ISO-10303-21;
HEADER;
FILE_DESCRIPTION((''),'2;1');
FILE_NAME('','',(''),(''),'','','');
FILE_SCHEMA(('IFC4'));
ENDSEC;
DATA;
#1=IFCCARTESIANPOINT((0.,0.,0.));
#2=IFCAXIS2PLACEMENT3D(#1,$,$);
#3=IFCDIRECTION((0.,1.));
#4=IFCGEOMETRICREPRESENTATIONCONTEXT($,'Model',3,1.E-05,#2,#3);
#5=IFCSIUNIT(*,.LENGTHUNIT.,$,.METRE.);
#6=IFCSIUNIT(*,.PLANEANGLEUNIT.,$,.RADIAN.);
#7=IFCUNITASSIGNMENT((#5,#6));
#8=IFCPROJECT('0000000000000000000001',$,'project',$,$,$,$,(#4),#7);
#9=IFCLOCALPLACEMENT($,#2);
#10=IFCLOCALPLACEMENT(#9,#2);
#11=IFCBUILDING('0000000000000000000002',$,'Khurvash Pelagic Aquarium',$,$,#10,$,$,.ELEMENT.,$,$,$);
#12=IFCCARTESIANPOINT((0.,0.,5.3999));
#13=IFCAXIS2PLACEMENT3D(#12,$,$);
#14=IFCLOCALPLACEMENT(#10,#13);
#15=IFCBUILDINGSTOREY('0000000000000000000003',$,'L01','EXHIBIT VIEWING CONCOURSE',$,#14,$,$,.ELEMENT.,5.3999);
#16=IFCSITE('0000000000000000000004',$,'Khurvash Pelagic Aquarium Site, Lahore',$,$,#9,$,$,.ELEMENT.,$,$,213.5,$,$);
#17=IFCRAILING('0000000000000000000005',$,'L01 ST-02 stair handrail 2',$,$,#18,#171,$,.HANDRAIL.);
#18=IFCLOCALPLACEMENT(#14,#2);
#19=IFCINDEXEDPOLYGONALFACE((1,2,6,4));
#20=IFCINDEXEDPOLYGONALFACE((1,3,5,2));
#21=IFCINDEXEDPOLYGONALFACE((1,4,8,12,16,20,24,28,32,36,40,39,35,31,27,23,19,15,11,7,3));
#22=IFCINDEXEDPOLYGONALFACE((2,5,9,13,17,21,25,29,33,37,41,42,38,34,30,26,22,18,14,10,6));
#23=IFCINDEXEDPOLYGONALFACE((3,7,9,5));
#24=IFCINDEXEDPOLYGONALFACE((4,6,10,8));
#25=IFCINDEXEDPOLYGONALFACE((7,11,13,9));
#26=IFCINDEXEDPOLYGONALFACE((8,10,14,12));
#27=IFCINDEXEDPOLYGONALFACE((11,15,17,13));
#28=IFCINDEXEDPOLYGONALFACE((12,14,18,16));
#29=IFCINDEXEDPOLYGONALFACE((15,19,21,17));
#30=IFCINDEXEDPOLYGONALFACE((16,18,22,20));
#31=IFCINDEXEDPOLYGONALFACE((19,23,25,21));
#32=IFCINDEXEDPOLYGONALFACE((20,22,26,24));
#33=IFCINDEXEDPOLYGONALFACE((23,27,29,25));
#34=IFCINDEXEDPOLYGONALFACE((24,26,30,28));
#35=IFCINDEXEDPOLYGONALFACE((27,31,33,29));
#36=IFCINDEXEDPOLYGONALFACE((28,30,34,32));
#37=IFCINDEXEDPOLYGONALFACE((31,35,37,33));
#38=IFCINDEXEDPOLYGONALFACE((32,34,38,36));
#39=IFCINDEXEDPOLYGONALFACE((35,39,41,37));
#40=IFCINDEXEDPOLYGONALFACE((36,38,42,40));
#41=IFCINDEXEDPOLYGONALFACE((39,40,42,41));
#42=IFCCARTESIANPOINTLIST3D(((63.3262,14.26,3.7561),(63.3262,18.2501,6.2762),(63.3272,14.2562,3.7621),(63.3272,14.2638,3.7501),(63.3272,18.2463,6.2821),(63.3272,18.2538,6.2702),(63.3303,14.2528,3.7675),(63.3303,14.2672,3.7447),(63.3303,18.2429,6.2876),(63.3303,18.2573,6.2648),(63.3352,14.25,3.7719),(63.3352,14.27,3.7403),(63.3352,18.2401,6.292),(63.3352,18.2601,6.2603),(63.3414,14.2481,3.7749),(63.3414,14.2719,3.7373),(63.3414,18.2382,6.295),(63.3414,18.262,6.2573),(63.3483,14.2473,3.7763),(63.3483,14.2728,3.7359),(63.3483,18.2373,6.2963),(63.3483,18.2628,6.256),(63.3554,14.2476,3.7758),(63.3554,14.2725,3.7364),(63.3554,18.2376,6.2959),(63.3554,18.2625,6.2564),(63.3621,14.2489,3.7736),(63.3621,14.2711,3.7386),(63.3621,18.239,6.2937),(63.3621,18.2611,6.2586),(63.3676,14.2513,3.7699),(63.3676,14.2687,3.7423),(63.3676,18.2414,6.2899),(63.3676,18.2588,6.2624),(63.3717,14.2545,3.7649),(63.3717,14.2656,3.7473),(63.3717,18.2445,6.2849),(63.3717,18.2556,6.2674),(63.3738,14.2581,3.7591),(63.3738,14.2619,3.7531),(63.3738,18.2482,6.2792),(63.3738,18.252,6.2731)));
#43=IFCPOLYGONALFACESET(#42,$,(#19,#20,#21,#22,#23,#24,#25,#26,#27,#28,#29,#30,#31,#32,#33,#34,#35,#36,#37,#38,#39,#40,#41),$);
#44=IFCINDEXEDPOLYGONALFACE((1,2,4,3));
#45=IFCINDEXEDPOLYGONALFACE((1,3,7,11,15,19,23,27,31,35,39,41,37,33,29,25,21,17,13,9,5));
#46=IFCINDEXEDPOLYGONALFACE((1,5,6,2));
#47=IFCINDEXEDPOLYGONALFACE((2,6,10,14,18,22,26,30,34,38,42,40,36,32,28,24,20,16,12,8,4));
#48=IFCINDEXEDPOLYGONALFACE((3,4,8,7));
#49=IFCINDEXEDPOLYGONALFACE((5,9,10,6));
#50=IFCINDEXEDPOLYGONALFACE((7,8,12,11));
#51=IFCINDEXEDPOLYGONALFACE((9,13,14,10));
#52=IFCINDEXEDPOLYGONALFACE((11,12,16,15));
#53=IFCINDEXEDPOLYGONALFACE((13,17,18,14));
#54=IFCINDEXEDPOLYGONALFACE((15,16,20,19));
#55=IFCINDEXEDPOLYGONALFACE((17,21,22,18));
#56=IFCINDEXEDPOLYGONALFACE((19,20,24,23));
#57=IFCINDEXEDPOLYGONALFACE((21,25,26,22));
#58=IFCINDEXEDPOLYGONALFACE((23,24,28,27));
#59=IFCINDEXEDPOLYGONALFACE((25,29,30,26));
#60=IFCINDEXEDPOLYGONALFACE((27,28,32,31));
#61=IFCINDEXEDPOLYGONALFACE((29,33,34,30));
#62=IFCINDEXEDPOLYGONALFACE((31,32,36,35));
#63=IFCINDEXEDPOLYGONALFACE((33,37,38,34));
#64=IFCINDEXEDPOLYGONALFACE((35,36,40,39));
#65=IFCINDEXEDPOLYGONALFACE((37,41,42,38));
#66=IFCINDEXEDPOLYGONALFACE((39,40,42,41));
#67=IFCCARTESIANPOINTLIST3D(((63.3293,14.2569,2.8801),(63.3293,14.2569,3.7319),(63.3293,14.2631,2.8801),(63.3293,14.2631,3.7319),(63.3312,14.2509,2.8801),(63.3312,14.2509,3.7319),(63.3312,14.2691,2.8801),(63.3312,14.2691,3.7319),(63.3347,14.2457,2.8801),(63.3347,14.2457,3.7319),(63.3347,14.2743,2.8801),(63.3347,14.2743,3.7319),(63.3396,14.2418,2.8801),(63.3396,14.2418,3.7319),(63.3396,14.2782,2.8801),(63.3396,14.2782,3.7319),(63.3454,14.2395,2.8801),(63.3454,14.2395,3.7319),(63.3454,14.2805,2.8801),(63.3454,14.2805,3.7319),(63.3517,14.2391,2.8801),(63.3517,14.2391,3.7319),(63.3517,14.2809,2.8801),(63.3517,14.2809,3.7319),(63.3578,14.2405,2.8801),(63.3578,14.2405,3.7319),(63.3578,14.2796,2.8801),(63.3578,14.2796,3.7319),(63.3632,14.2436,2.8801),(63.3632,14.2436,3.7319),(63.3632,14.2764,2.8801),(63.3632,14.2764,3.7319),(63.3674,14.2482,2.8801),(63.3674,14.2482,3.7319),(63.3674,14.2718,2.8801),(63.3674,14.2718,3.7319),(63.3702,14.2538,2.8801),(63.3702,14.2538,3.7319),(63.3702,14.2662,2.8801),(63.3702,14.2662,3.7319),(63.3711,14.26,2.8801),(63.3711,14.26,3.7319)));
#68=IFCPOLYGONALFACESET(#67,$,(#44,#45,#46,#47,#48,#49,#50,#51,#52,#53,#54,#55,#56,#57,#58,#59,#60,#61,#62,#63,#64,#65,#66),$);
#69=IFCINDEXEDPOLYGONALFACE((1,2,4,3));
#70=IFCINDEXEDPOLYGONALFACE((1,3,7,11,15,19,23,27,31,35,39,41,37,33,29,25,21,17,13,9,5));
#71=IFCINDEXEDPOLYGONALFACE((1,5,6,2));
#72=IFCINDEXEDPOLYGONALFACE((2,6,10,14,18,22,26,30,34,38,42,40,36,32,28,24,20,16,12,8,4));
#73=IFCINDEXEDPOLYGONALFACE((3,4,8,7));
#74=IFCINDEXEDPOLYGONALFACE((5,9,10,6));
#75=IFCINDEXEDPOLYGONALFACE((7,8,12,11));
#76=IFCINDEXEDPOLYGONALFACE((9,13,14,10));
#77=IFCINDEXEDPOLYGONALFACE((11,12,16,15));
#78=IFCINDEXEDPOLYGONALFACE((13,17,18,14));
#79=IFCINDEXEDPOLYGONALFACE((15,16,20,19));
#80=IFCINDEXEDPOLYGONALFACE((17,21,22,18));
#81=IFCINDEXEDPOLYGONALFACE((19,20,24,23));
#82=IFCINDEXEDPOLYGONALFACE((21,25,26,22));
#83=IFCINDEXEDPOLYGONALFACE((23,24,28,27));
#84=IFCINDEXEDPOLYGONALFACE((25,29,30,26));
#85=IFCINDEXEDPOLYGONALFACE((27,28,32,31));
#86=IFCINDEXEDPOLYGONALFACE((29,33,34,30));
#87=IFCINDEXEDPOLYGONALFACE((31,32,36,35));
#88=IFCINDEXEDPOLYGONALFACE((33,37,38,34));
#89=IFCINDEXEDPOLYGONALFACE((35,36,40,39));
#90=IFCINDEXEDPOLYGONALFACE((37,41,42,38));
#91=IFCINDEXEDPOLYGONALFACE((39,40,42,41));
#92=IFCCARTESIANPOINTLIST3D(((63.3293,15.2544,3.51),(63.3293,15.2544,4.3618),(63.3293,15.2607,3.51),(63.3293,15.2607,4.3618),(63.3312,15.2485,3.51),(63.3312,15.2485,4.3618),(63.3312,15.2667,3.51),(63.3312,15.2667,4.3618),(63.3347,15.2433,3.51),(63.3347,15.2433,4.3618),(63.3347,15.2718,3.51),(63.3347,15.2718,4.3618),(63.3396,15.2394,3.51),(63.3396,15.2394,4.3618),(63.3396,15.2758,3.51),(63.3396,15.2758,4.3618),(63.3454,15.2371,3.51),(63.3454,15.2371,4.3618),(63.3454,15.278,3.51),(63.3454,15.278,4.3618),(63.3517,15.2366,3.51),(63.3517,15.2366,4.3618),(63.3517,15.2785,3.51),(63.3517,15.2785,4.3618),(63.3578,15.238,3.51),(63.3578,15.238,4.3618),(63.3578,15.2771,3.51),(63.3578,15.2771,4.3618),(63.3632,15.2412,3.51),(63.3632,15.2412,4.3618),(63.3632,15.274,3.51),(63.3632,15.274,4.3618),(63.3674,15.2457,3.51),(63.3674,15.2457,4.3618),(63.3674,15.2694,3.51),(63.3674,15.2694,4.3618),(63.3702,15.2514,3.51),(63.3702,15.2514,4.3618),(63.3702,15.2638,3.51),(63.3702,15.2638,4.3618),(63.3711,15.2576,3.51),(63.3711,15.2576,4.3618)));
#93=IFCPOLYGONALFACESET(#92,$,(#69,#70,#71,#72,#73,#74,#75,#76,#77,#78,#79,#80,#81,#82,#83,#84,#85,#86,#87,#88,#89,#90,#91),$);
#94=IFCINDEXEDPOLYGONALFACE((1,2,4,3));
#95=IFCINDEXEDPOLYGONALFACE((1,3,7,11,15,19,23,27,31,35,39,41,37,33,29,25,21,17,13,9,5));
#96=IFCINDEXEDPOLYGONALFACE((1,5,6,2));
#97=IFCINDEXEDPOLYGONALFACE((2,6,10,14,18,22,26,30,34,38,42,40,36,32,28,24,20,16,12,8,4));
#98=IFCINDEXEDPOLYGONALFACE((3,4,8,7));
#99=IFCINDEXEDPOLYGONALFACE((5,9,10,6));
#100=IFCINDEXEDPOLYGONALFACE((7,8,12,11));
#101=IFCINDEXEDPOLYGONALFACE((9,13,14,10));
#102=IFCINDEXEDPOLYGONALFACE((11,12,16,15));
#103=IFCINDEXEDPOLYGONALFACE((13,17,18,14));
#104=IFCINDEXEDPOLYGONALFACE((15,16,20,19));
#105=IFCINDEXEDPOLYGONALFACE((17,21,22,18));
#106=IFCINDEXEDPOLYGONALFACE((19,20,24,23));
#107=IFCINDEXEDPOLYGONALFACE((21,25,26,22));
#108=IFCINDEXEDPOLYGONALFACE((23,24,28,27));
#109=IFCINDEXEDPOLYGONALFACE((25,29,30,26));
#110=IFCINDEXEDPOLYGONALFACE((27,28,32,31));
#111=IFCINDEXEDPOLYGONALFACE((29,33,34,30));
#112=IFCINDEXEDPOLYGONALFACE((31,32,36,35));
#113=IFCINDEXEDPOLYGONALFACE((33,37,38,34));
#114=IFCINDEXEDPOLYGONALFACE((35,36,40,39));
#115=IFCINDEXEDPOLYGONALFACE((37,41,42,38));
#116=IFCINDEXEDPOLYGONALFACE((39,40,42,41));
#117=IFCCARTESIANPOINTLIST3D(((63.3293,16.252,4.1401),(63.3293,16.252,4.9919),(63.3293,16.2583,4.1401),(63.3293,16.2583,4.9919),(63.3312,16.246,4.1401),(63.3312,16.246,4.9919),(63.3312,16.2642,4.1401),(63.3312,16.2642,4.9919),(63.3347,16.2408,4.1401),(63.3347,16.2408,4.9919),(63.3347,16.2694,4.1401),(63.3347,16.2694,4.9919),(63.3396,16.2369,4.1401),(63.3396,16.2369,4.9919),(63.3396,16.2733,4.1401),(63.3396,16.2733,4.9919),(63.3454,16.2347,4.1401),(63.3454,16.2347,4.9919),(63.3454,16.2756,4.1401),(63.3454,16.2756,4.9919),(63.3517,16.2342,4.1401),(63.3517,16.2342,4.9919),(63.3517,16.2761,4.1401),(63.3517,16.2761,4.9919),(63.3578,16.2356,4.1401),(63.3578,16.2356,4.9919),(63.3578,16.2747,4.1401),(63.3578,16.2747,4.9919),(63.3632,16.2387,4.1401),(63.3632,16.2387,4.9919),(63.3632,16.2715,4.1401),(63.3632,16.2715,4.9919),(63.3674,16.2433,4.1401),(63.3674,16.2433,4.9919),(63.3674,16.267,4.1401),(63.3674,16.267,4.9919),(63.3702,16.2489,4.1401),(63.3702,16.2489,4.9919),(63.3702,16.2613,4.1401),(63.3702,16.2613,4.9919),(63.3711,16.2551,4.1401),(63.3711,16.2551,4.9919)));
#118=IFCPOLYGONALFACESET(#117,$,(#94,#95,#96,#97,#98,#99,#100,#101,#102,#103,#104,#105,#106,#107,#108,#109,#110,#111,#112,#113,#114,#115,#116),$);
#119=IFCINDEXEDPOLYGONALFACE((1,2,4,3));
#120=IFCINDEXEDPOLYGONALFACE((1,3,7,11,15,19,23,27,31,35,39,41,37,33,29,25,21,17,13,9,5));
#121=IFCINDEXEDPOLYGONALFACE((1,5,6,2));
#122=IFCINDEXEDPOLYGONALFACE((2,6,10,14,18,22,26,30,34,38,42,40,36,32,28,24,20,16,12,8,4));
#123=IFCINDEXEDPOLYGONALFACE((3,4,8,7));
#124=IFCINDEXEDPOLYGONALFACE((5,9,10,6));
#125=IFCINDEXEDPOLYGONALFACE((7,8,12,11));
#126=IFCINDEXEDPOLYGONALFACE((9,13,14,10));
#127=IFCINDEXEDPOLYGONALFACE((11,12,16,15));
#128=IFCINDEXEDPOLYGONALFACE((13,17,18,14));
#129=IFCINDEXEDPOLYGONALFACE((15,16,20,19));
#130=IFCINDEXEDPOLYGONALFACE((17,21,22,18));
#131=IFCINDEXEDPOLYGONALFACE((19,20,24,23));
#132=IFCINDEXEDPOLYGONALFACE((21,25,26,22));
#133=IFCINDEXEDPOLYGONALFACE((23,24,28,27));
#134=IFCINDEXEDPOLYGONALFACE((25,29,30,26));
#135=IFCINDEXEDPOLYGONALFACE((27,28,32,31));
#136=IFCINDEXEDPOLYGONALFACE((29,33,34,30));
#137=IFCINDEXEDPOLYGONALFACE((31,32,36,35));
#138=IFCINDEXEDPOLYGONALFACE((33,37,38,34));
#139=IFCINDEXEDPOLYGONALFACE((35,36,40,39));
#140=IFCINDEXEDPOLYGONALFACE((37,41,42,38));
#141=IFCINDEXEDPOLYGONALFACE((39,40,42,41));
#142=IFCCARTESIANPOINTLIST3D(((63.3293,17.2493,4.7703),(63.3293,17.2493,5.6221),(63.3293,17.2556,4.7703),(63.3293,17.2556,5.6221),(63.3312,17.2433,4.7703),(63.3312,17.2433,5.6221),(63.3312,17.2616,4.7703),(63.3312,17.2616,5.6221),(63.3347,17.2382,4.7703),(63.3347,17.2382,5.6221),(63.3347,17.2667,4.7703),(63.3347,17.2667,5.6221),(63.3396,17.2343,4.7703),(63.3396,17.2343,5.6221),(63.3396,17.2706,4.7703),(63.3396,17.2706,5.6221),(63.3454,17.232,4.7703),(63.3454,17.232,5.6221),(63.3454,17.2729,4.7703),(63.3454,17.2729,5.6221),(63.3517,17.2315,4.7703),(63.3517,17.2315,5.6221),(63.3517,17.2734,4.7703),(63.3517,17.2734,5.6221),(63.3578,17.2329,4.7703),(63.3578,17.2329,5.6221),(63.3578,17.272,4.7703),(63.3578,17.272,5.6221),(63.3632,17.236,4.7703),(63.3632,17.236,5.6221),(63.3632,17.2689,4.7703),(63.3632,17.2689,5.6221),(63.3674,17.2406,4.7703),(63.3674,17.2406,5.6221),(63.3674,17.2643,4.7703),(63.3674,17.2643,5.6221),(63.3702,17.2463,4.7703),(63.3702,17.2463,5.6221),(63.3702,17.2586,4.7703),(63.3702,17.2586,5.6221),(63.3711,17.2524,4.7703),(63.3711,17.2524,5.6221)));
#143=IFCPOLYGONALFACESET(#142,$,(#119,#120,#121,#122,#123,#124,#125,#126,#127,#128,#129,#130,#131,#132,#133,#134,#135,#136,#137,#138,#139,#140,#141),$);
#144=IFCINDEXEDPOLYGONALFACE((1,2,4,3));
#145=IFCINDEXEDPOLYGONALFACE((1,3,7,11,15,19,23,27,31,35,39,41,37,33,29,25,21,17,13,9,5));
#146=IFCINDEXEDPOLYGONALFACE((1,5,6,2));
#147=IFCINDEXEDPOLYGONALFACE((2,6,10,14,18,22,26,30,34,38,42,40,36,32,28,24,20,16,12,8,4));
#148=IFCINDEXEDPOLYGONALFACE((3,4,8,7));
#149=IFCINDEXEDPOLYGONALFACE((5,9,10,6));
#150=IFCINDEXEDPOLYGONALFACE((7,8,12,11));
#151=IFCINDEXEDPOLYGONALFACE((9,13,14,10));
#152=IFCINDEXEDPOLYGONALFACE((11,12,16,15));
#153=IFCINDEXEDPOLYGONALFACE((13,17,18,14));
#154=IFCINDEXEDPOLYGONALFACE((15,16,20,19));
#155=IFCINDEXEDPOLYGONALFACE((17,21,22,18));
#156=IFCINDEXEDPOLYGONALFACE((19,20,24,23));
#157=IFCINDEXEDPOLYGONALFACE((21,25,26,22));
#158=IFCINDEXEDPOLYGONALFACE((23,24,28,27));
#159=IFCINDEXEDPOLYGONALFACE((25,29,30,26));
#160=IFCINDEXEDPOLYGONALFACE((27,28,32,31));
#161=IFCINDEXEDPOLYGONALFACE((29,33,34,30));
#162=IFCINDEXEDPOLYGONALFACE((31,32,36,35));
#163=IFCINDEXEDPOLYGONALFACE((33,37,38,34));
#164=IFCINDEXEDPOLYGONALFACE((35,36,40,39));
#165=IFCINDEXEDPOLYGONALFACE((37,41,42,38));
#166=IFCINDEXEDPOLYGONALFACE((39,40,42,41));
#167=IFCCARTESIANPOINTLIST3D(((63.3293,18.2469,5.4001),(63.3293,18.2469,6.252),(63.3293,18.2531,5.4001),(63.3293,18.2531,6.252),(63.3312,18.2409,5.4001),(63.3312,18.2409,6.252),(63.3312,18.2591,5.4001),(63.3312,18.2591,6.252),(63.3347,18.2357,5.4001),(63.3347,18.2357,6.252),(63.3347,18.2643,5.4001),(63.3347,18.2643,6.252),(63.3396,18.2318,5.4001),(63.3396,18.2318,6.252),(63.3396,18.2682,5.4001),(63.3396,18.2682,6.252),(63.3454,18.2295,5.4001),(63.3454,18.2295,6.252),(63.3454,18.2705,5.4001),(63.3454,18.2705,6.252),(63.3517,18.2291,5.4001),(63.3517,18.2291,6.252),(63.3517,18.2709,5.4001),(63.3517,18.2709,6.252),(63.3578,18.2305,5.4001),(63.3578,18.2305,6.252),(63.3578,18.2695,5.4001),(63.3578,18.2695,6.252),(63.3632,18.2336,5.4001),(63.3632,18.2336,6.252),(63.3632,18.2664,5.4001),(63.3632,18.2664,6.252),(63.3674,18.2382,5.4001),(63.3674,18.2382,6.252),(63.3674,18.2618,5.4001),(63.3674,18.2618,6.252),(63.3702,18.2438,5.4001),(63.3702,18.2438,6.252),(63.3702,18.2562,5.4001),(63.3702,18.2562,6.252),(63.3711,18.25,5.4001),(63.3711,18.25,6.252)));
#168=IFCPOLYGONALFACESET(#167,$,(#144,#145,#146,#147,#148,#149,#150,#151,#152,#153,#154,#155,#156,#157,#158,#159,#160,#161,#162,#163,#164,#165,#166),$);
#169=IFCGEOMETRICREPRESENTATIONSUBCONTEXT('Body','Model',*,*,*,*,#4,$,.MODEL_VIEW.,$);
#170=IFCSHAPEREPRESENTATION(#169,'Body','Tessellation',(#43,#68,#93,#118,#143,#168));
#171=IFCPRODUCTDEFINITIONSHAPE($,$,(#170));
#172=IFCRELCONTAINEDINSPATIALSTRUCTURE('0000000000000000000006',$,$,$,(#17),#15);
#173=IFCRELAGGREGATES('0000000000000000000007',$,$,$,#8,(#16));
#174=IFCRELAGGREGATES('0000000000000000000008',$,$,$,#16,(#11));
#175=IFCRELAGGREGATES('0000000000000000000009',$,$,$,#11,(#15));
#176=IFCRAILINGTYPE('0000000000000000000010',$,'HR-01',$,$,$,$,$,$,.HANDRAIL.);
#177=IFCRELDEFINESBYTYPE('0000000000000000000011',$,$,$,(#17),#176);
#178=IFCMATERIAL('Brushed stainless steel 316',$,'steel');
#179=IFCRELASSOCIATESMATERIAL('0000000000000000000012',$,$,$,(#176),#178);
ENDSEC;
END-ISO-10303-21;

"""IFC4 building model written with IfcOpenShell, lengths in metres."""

from ifc_helpers import new_model, si_unit, direction, frame, origin, origin_2d, place, context, subcontext, project, spatial, circle, extrude, material, type_object, element, save


model = new_model("IFC4")

# Units and contexts
model_context = context("Model", 3, precision=1e-05, world=origin(), true_north=direction((0.0, 1.0)))
body_context = subcontext(model_context, "Body", "Model", "MODEL_VIEW")
ifc_project = project(units=[si_unit("LENGTHUNIT", "METRE"), si_unit("PLANEANGLEUNIT", "RADIAN")], contexts=[model_context])

# Site, building, storey
site_placement = place(None, origin())
site = spatial("IfcSite", under=ifc_project, at=site_placement, Name="Khurvash Pelagic Aquarium Site, Lahore", CompositionType="ELEMENT", RefElevation=213.5)
building_placement = place(site_placement, origin())
building = spatial("IfcBuilding", under=site, at=building_placement, Name="Khurvash Pelagic Aquarium", CompositionType="ELEMENT")
storey_placement = place(building_placement, frame((0.0, 0.0, 5.3999)))
storey = spatial("IfcBuildingStorey", under=building, at=storey_placement, Name="L01", Description="EXHIBIT VIEWING CONCOURSE", CompositionType="ELEMENT", Elevation=5.3999)

# Railing
ifc_material_1 = material(Name="Brushed stainless steel 316", Category="steel")
railing_type_1 = type_object("IfcRailingType", Name="HR-01", PredefinedType="HANDRAIL", material=ifc_material_1)
railing_1_placement = place(storey_placement, frame((63.3501, 14.26, 2.8801)))
element("IfcRailing", 1, at=railing_1_placement, inside=storey, type_object=railing_type_1, Name="L01 ST-02 stair handrail 2", PredefinedType="HANDRAIL", context=body_context, shape_type="SweptSolid", body=[
    extrude(circle(Radius=0.0239, at=origin_2d()), frame((0.0, 0.0, 0.876), z_axis=(0.0, 0.845486, 0.533997), x_axis=(-1.0, 0.0, 0.0)), (0.0, 0.0, 1.0), 4.7192),
    extrude(circle(Radius=0.021, at=origin_2d()), origin(), (0.0, 0.0, 1.0), 0.8518),
    extrude(circle(Radius=0.021, at=origin_2d()), frame((0.0, 0.9976, 0.6299)), (0.0, 0.0, 1.0), 0.8518),
    extrude(circle(Radius=0.021, at=origin_2d()), frame((0.0, 1.9951, 1.26)), (0.0, 0.0, 1.0), 0.8518),
    extrude(circle(Radius=0.021, at=origin_2d()), frame((0.0, 2.9924, 1.8901)), (0.0, 0.0, 1.0), 0.8518),
    extrude(circle(Radius=0.021, at=origin_2d()), frame((0.0, 3.99, 2.52)), (0.0, 0.0, 1.0), 0.8518),
])

save(model, "model.ifc")
